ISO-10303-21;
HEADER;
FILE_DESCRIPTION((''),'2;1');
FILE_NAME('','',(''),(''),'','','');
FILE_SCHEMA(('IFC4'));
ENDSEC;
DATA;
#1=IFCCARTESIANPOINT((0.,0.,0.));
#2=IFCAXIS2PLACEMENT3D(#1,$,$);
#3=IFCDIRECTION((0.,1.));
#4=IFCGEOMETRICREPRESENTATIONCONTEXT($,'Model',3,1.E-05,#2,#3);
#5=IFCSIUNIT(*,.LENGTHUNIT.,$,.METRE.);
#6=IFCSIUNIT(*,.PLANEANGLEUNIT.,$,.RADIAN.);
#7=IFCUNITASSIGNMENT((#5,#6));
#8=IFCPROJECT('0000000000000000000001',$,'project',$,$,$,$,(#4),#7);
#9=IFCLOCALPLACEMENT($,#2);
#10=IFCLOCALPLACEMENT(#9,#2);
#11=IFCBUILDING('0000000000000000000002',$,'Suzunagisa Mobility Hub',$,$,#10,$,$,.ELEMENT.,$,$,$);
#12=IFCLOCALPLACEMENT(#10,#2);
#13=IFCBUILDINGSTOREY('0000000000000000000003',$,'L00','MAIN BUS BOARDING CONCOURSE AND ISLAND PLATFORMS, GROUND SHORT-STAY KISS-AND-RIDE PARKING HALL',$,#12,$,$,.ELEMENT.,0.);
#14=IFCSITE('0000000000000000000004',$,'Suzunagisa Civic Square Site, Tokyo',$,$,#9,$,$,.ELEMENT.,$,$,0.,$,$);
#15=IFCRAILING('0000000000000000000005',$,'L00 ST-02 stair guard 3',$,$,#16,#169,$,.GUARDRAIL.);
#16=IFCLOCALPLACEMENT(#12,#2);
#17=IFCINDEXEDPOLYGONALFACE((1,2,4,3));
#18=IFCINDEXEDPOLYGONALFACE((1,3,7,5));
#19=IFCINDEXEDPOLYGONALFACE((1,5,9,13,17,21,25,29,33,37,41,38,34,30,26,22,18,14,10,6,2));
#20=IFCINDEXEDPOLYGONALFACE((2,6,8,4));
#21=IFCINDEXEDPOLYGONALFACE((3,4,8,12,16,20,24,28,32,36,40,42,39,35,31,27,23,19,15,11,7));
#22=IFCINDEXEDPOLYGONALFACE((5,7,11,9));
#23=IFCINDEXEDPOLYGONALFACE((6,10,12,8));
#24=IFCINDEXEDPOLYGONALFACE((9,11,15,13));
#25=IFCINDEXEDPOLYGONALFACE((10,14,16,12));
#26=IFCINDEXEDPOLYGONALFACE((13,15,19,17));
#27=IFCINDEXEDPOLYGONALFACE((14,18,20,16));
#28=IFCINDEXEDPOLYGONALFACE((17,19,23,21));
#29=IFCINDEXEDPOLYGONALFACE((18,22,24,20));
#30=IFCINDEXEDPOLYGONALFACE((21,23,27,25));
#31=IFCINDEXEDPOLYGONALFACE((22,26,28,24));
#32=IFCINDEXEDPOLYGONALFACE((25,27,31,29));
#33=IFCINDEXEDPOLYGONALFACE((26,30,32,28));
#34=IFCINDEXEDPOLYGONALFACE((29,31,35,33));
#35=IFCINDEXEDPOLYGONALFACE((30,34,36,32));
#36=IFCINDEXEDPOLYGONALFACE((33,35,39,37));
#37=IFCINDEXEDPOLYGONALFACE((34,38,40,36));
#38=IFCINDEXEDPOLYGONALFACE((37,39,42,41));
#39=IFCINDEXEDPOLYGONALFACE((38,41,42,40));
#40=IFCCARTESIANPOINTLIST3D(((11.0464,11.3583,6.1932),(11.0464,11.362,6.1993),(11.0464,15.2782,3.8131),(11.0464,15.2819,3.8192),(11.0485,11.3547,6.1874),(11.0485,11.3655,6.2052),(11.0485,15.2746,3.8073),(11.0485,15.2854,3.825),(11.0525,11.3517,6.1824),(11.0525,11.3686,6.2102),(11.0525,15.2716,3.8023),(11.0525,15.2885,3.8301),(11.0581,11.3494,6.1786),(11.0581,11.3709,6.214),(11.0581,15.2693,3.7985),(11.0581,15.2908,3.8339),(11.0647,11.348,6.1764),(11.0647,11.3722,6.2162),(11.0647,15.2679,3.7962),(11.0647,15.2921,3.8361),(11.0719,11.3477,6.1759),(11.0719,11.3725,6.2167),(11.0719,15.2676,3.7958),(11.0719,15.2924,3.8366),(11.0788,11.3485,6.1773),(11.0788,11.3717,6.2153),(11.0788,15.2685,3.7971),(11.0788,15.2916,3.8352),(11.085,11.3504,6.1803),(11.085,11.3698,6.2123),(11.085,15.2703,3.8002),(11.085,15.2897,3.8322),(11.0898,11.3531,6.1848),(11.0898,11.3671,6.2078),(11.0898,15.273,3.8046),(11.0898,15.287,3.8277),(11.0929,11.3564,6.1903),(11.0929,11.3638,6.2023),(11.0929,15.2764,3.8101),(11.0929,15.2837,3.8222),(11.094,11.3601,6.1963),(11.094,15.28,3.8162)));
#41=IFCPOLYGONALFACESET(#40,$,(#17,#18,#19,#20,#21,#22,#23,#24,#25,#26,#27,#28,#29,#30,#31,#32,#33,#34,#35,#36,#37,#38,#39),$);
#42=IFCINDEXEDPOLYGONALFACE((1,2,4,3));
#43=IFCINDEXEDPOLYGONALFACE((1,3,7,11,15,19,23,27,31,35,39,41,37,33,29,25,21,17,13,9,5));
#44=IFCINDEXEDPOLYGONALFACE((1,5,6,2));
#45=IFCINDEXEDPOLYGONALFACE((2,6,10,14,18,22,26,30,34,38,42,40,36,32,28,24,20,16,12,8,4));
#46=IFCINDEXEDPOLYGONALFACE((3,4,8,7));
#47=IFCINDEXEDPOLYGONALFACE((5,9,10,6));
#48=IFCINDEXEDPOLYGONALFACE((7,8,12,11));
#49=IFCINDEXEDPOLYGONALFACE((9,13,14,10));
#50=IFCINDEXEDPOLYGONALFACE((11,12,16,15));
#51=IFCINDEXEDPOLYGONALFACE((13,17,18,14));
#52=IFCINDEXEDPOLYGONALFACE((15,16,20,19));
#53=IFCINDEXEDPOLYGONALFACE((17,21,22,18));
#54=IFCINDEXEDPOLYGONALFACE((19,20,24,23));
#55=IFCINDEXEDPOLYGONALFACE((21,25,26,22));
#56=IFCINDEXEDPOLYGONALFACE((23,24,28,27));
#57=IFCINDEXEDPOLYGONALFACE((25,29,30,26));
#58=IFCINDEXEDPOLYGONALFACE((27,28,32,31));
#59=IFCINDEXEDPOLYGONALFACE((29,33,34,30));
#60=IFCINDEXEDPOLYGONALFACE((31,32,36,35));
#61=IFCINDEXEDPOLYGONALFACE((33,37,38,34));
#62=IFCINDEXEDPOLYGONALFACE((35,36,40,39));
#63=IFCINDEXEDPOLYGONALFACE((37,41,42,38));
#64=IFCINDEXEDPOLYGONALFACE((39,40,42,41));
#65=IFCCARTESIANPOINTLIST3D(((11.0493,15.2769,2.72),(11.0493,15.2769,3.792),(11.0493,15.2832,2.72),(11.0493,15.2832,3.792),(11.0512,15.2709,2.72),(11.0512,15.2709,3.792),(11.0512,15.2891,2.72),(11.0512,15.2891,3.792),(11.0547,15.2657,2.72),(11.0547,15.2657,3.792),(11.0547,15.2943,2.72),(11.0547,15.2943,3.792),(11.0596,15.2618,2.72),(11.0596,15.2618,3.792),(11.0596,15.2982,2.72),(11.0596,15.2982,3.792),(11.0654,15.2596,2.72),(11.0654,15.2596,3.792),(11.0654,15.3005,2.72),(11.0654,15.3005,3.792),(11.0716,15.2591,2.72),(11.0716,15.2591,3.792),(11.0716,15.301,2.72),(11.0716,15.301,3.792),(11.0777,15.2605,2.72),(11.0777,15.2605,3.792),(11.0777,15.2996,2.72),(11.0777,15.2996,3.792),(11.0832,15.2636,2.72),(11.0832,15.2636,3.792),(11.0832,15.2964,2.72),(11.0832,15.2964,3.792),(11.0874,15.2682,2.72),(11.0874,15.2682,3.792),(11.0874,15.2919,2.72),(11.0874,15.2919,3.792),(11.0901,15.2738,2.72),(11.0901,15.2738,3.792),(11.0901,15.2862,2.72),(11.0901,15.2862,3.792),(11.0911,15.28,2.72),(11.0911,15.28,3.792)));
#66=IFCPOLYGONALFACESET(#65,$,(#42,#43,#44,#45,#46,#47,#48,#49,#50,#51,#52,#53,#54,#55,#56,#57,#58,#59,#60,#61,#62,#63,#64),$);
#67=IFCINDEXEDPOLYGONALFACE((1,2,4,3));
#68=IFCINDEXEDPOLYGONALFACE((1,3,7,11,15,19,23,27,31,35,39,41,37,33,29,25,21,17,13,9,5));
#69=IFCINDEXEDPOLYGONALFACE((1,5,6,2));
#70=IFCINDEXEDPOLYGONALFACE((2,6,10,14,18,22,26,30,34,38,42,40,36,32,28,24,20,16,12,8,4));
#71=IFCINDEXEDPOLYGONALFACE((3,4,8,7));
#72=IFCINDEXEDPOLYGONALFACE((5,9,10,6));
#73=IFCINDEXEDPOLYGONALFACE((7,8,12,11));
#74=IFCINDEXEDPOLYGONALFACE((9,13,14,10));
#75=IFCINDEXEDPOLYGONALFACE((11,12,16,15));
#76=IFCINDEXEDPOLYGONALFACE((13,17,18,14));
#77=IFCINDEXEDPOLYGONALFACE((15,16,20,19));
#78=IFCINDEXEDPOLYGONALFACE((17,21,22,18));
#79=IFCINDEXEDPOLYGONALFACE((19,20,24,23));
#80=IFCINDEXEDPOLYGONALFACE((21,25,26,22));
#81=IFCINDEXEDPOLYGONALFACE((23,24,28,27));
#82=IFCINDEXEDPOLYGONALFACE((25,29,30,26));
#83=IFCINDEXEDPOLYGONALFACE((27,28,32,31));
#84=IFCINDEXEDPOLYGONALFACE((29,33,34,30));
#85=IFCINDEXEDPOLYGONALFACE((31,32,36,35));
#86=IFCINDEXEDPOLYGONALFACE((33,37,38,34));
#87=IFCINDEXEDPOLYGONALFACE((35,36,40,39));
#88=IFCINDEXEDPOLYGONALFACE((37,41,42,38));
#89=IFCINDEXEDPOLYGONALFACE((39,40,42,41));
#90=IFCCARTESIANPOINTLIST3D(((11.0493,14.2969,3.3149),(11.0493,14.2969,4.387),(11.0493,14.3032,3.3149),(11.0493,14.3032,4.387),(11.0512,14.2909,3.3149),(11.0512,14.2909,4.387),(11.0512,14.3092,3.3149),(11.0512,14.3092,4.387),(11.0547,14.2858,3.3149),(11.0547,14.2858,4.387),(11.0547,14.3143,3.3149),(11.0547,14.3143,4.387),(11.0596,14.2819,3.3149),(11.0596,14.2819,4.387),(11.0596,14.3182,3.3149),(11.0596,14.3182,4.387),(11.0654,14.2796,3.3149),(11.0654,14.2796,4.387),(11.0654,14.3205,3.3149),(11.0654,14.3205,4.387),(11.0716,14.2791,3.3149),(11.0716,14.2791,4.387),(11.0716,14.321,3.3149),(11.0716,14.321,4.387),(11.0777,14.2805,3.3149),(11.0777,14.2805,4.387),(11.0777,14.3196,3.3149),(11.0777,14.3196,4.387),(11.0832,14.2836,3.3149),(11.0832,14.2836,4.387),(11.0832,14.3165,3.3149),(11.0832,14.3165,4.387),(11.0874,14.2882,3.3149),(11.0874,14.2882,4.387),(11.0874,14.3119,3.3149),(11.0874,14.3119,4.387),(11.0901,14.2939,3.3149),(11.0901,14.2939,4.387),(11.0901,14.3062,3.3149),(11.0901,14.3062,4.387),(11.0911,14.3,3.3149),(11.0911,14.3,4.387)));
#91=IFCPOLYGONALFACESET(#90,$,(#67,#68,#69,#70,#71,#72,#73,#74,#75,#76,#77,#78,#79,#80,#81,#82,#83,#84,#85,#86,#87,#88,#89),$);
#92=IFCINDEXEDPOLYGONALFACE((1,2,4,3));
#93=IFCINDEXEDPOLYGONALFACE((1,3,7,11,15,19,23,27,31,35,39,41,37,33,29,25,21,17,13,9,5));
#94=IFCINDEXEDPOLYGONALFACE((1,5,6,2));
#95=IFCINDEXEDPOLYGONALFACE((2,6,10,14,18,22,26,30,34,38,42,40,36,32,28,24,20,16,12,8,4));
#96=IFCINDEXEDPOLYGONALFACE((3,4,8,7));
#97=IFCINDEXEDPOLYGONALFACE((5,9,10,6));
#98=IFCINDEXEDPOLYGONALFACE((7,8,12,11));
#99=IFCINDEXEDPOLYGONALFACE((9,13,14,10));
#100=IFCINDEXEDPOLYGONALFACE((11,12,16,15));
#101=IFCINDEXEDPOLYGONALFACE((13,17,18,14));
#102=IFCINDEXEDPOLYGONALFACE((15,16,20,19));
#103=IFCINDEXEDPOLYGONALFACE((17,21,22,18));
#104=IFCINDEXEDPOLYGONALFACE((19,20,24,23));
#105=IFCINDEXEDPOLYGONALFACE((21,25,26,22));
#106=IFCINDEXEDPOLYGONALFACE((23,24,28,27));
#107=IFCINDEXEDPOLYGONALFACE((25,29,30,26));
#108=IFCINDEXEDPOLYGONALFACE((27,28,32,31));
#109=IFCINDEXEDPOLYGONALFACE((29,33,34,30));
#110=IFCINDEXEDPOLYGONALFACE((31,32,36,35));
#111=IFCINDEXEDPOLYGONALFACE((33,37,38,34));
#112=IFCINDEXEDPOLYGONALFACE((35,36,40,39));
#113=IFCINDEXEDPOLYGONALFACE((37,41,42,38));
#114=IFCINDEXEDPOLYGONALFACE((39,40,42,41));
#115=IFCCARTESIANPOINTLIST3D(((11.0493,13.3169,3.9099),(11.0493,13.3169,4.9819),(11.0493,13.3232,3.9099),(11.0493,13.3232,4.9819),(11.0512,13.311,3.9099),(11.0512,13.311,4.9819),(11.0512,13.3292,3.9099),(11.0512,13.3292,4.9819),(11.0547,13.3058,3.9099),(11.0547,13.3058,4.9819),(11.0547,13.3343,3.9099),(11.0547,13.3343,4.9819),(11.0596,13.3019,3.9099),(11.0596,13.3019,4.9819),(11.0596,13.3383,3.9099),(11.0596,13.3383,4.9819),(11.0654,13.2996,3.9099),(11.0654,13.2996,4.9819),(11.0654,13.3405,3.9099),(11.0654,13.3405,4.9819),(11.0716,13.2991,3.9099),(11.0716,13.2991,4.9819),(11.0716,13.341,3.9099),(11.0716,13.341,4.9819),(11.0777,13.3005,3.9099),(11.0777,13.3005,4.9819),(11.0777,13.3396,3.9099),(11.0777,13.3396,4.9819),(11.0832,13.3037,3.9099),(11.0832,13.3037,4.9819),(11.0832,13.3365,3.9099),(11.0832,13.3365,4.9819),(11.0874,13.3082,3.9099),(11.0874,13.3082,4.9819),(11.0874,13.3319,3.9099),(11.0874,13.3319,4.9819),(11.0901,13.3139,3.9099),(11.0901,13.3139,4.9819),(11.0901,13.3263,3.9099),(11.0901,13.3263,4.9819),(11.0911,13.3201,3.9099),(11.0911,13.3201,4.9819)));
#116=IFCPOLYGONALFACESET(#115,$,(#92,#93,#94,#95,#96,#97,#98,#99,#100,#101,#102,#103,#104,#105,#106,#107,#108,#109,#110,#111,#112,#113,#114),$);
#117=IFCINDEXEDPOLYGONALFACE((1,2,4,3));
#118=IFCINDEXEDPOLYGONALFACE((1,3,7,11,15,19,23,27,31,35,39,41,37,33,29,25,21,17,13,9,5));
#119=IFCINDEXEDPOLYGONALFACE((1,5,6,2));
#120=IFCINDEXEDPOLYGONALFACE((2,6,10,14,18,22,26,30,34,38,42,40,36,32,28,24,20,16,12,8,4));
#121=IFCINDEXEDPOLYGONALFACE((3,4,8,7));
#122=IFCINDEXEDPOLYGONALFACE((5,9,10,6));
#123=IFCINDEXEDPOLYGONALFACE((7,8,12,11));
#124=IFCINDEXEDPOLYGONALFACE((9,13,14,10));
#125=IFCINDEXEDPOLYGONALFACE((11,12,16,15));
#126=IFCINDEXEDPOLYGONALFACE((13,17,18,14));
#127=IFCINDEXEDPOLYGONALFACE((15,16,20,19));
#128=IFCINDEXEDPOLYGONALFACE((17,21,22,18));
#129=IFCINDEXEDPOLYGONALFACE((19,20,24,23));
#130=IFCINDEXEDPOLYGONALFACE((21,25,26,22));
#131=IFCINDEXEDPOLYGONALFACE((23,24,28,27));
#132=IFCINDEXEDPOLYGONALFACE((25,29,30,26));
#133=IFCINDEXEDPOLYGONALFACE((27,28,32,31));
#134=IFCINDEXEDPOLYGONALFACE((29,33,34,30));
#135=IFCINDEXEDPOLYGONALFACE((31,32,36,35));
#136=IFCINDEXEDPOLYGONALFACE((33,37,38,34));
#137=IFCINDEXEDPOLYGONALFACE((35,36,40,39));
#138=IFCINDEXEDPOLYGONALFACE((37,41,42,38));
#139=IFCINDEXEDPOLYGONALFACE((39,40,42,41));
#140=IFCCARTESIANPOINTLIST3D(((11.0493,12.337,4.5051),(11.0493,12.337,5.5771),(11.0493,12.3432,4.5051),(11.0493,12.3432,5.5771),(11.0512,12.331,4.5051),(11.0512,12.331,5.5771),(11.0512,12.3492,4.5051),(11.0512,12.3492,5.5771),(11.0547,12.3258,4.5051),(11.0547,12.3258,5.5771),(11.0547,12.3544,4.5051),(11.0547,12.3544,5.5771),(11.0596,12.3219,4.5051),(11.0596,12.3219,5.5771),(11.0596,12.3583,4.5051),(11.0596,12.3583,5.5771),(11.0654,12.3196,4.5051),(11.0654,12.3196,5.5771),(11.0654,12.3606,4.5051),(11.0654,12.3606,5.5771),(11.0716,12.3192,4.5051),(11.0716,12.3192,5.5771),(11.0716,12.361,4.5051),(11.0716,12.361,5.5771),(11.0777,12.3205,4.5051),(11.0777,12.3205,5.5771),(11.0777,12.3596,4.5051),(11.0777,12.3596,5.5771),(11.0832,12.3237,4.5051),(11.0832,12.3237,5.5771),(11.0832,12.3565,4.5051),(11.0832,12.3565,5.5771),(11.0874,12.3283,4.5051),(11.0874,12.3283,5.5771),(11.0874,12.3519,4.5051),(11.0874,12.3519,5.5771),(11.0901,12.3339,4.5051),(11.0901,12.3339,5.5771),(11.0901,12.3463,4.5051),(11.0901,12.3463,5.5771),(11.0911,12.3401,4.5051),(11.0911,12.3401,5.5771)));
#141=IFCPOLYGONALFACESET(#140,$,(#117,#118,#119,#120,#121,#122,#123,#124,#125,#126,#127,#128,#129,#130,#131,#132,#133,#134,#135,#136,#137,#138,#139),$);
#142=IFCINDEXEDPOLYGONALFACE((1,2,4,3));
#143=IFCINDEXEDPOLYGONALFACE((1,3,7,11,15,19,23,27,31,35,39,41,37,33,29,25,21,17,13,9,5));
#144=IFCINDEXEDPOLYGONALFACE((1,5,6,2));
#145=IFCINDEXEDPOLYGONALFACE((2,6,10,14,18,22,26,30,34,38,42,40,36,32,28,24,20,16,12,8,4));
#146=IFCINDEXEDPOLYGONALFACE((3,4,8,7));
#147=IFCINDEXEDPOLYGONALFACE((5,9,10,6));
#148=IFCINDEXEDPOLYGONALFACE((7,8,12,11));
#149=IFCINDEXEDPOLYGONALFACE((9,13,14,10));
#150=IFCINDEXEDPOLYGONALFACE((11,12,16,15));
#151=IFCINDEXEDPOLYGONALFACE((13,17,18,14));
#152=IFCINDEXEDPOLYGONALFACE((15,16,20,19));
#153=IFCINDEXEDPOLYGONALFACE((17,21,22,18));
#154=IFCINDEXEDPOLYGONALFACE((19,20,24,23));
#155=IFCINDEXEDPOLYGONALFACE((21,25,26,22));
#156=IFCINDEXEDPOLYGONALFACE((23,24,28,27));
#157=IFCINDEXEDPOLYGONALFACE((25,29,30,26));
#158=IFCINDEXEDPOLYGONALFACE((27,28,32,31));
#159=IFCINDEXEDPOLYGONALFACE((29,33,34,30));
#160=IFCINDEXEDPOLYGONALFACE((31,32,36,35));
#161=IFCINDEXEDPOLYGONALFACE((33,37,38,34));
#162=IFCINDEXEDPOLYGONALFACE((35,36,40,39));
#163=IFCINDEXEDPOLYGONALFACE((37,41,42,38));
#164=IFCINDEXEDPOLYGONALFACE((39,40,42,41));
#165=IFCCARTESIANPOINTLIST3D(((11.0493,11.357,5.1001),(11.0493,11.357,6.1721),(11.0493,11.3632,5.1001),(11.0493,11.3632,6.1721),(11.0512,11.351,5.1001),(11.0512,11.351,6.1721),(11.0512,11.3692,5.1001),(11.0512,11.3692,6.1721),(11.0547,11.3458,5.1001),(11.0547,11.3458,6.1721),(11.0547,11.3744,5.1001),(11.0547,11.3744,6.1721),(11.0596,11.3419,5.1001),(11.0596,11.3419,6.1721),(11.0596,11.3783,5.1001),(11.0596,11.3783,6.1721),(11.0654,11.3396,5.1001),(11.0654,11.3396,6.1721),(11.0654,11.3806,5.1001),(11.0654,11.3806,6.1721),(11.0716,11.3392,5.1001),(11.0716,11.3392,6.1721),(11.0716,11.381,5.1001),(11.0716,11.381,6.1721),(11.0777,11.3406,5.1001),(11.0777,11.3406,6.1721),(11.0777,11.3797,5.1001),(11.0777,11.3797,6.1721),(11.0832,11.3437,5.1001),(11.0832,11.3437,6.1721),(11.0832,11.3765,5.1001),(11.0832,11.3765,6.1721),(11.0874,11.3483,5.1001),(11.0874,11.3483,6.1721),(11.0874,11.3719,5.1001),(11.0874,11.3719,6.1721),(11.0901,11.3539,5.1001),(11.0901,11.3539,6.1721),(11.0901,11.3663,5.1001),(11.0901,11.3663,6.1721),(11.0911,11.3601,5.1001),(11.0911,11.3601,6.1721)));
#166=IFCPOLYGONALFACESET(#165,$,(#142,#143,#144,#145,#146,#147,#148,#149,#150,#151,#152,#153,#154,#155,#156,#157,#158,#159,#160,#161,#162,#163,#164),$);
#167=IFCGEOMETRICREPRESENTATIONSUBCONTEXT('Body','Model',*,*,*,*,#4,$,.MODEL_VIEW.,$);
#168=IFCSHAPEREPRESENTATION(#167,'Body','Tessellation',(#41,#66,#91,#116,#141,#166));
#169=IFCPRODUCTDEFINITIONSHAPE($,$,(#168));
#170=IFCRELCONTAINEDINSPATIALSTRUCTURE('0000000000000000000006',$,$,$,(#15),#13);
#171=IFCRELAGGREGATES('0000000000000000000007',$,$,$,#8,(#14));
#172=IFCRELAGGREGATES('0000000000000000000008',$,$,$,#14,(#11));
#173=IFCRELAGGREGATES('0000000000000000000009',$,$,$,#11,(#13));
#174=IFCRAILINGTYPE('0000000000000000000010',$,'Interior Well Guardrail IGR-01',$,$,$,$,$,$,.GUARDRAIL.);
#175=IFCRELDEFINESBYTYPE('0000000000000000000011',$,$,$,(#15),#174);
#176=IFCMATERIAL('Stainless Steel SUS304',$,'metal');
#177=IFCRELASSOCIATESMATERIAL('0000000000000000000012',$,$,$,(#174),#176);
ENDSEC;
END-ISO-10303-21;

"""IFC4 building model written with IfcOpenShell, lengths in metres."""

from ifc_helpers import new_model, si_unit, direction, frame, origin, origin_2d, place, context, subcontext, project, spatial, circle, extrude, material, type_object, element, save


model = new_model("IFC4")

# Units and contexts
model_context = context("Model", 3, precision=1e-05, world=origin(), true_north=direction((0.0, 1.0)))
body_context = subcontext(model_context, "Body", "Model", "MODEL_VIEW")
ifc_project = project(units=[si_unit("LENGTHUNIT", "METRE"), si_unit("PLANEANGLEUNIT", "RADIAN")], contexts=[model_context])

# Site, building, storey
site_placement = place(None, origin())
site = spatial("IfcSite", under=ifc_project, at=site_placement, Name="Suzunagisa Civic Square Site, Tokyo", CompositionType="ELEMENT", RefElevation=0.0)
building_placement = place(site_placement, origin())
building = spatial("IfcBuilding", under=site, at=building_placement, Name="Suzunagisa Mobility Hub", CompositionType="ELEMENT")
storey_placement = place(building_placement, origin())
storey = spatial("IfcBuildingStorey", under=building, at=storey_placement, Name="L00", Description="MAIN BUS BOARDING CONCOURSE AND ISLAND PLATFORMS, GROUND SHORT-STAY KISS-AND-RIDE PARKING HALL", CompositionType="ELEMENT", Elevation=0.0)

# Railing
ifc_material_1 = material(Name="Stainless Steel SUS304", Category="metal")
railing_type_1 = type_object("IfcRailingType", Name="Interior Well Guardrail IGR-01", PredefinedType="GUARDRAIL", material=ifc_material_1)
railing_1_placement = place(storey_placement, frame((11.0701, 15.28, 2.72)))
element("IfcRailing", 1, at=railing_1_placement, inside=storey, type_object=railing_type_1, Name="L00 ST-02 stair guard 3", PredefinedType="GUARDRAIL", context=body_context, shape_type="SweptSolid", body=[
    extrude(circle(Radius=0.0239, at=origin_2d()), frame((0.0, 0.0, 1.0962), z_axis=(0.0, -0.854771, 0.519006), x_axis=(1.0, 0.0, 0.0)), (0.0, 0.0, 1.0), 4.5859),
    extrude(circle(Radius=0.021, at=origin_2d()), origin(), (0.0, 0.0, 1.0), 1.072),
    extrude(circle(Radius=0.021, at=origin_2d()), frame((0.0, -0.98, 0.595)), (0.0, 0.0, 1.0), 1.072),
    extrude(circle(Radius=0.021, at=origin_2d()), frame((0.0, -1.96, 1.1899)), (0.0, 0.0, 1.0), 1.072),
    extrude(circle(Radius=0.021, at=origin_2d()), frame((0.0, -2.9399, 1.7852)), (0.0, 0.0, 1.0), 1.072),
    extrude(circle(Radius=0.021, at=origin_2d()), frame((0.0, -3.9199, 2.3801)), (0.0, 0.0, 1.0), 1.072),
])

save(model, "model.ifc")
